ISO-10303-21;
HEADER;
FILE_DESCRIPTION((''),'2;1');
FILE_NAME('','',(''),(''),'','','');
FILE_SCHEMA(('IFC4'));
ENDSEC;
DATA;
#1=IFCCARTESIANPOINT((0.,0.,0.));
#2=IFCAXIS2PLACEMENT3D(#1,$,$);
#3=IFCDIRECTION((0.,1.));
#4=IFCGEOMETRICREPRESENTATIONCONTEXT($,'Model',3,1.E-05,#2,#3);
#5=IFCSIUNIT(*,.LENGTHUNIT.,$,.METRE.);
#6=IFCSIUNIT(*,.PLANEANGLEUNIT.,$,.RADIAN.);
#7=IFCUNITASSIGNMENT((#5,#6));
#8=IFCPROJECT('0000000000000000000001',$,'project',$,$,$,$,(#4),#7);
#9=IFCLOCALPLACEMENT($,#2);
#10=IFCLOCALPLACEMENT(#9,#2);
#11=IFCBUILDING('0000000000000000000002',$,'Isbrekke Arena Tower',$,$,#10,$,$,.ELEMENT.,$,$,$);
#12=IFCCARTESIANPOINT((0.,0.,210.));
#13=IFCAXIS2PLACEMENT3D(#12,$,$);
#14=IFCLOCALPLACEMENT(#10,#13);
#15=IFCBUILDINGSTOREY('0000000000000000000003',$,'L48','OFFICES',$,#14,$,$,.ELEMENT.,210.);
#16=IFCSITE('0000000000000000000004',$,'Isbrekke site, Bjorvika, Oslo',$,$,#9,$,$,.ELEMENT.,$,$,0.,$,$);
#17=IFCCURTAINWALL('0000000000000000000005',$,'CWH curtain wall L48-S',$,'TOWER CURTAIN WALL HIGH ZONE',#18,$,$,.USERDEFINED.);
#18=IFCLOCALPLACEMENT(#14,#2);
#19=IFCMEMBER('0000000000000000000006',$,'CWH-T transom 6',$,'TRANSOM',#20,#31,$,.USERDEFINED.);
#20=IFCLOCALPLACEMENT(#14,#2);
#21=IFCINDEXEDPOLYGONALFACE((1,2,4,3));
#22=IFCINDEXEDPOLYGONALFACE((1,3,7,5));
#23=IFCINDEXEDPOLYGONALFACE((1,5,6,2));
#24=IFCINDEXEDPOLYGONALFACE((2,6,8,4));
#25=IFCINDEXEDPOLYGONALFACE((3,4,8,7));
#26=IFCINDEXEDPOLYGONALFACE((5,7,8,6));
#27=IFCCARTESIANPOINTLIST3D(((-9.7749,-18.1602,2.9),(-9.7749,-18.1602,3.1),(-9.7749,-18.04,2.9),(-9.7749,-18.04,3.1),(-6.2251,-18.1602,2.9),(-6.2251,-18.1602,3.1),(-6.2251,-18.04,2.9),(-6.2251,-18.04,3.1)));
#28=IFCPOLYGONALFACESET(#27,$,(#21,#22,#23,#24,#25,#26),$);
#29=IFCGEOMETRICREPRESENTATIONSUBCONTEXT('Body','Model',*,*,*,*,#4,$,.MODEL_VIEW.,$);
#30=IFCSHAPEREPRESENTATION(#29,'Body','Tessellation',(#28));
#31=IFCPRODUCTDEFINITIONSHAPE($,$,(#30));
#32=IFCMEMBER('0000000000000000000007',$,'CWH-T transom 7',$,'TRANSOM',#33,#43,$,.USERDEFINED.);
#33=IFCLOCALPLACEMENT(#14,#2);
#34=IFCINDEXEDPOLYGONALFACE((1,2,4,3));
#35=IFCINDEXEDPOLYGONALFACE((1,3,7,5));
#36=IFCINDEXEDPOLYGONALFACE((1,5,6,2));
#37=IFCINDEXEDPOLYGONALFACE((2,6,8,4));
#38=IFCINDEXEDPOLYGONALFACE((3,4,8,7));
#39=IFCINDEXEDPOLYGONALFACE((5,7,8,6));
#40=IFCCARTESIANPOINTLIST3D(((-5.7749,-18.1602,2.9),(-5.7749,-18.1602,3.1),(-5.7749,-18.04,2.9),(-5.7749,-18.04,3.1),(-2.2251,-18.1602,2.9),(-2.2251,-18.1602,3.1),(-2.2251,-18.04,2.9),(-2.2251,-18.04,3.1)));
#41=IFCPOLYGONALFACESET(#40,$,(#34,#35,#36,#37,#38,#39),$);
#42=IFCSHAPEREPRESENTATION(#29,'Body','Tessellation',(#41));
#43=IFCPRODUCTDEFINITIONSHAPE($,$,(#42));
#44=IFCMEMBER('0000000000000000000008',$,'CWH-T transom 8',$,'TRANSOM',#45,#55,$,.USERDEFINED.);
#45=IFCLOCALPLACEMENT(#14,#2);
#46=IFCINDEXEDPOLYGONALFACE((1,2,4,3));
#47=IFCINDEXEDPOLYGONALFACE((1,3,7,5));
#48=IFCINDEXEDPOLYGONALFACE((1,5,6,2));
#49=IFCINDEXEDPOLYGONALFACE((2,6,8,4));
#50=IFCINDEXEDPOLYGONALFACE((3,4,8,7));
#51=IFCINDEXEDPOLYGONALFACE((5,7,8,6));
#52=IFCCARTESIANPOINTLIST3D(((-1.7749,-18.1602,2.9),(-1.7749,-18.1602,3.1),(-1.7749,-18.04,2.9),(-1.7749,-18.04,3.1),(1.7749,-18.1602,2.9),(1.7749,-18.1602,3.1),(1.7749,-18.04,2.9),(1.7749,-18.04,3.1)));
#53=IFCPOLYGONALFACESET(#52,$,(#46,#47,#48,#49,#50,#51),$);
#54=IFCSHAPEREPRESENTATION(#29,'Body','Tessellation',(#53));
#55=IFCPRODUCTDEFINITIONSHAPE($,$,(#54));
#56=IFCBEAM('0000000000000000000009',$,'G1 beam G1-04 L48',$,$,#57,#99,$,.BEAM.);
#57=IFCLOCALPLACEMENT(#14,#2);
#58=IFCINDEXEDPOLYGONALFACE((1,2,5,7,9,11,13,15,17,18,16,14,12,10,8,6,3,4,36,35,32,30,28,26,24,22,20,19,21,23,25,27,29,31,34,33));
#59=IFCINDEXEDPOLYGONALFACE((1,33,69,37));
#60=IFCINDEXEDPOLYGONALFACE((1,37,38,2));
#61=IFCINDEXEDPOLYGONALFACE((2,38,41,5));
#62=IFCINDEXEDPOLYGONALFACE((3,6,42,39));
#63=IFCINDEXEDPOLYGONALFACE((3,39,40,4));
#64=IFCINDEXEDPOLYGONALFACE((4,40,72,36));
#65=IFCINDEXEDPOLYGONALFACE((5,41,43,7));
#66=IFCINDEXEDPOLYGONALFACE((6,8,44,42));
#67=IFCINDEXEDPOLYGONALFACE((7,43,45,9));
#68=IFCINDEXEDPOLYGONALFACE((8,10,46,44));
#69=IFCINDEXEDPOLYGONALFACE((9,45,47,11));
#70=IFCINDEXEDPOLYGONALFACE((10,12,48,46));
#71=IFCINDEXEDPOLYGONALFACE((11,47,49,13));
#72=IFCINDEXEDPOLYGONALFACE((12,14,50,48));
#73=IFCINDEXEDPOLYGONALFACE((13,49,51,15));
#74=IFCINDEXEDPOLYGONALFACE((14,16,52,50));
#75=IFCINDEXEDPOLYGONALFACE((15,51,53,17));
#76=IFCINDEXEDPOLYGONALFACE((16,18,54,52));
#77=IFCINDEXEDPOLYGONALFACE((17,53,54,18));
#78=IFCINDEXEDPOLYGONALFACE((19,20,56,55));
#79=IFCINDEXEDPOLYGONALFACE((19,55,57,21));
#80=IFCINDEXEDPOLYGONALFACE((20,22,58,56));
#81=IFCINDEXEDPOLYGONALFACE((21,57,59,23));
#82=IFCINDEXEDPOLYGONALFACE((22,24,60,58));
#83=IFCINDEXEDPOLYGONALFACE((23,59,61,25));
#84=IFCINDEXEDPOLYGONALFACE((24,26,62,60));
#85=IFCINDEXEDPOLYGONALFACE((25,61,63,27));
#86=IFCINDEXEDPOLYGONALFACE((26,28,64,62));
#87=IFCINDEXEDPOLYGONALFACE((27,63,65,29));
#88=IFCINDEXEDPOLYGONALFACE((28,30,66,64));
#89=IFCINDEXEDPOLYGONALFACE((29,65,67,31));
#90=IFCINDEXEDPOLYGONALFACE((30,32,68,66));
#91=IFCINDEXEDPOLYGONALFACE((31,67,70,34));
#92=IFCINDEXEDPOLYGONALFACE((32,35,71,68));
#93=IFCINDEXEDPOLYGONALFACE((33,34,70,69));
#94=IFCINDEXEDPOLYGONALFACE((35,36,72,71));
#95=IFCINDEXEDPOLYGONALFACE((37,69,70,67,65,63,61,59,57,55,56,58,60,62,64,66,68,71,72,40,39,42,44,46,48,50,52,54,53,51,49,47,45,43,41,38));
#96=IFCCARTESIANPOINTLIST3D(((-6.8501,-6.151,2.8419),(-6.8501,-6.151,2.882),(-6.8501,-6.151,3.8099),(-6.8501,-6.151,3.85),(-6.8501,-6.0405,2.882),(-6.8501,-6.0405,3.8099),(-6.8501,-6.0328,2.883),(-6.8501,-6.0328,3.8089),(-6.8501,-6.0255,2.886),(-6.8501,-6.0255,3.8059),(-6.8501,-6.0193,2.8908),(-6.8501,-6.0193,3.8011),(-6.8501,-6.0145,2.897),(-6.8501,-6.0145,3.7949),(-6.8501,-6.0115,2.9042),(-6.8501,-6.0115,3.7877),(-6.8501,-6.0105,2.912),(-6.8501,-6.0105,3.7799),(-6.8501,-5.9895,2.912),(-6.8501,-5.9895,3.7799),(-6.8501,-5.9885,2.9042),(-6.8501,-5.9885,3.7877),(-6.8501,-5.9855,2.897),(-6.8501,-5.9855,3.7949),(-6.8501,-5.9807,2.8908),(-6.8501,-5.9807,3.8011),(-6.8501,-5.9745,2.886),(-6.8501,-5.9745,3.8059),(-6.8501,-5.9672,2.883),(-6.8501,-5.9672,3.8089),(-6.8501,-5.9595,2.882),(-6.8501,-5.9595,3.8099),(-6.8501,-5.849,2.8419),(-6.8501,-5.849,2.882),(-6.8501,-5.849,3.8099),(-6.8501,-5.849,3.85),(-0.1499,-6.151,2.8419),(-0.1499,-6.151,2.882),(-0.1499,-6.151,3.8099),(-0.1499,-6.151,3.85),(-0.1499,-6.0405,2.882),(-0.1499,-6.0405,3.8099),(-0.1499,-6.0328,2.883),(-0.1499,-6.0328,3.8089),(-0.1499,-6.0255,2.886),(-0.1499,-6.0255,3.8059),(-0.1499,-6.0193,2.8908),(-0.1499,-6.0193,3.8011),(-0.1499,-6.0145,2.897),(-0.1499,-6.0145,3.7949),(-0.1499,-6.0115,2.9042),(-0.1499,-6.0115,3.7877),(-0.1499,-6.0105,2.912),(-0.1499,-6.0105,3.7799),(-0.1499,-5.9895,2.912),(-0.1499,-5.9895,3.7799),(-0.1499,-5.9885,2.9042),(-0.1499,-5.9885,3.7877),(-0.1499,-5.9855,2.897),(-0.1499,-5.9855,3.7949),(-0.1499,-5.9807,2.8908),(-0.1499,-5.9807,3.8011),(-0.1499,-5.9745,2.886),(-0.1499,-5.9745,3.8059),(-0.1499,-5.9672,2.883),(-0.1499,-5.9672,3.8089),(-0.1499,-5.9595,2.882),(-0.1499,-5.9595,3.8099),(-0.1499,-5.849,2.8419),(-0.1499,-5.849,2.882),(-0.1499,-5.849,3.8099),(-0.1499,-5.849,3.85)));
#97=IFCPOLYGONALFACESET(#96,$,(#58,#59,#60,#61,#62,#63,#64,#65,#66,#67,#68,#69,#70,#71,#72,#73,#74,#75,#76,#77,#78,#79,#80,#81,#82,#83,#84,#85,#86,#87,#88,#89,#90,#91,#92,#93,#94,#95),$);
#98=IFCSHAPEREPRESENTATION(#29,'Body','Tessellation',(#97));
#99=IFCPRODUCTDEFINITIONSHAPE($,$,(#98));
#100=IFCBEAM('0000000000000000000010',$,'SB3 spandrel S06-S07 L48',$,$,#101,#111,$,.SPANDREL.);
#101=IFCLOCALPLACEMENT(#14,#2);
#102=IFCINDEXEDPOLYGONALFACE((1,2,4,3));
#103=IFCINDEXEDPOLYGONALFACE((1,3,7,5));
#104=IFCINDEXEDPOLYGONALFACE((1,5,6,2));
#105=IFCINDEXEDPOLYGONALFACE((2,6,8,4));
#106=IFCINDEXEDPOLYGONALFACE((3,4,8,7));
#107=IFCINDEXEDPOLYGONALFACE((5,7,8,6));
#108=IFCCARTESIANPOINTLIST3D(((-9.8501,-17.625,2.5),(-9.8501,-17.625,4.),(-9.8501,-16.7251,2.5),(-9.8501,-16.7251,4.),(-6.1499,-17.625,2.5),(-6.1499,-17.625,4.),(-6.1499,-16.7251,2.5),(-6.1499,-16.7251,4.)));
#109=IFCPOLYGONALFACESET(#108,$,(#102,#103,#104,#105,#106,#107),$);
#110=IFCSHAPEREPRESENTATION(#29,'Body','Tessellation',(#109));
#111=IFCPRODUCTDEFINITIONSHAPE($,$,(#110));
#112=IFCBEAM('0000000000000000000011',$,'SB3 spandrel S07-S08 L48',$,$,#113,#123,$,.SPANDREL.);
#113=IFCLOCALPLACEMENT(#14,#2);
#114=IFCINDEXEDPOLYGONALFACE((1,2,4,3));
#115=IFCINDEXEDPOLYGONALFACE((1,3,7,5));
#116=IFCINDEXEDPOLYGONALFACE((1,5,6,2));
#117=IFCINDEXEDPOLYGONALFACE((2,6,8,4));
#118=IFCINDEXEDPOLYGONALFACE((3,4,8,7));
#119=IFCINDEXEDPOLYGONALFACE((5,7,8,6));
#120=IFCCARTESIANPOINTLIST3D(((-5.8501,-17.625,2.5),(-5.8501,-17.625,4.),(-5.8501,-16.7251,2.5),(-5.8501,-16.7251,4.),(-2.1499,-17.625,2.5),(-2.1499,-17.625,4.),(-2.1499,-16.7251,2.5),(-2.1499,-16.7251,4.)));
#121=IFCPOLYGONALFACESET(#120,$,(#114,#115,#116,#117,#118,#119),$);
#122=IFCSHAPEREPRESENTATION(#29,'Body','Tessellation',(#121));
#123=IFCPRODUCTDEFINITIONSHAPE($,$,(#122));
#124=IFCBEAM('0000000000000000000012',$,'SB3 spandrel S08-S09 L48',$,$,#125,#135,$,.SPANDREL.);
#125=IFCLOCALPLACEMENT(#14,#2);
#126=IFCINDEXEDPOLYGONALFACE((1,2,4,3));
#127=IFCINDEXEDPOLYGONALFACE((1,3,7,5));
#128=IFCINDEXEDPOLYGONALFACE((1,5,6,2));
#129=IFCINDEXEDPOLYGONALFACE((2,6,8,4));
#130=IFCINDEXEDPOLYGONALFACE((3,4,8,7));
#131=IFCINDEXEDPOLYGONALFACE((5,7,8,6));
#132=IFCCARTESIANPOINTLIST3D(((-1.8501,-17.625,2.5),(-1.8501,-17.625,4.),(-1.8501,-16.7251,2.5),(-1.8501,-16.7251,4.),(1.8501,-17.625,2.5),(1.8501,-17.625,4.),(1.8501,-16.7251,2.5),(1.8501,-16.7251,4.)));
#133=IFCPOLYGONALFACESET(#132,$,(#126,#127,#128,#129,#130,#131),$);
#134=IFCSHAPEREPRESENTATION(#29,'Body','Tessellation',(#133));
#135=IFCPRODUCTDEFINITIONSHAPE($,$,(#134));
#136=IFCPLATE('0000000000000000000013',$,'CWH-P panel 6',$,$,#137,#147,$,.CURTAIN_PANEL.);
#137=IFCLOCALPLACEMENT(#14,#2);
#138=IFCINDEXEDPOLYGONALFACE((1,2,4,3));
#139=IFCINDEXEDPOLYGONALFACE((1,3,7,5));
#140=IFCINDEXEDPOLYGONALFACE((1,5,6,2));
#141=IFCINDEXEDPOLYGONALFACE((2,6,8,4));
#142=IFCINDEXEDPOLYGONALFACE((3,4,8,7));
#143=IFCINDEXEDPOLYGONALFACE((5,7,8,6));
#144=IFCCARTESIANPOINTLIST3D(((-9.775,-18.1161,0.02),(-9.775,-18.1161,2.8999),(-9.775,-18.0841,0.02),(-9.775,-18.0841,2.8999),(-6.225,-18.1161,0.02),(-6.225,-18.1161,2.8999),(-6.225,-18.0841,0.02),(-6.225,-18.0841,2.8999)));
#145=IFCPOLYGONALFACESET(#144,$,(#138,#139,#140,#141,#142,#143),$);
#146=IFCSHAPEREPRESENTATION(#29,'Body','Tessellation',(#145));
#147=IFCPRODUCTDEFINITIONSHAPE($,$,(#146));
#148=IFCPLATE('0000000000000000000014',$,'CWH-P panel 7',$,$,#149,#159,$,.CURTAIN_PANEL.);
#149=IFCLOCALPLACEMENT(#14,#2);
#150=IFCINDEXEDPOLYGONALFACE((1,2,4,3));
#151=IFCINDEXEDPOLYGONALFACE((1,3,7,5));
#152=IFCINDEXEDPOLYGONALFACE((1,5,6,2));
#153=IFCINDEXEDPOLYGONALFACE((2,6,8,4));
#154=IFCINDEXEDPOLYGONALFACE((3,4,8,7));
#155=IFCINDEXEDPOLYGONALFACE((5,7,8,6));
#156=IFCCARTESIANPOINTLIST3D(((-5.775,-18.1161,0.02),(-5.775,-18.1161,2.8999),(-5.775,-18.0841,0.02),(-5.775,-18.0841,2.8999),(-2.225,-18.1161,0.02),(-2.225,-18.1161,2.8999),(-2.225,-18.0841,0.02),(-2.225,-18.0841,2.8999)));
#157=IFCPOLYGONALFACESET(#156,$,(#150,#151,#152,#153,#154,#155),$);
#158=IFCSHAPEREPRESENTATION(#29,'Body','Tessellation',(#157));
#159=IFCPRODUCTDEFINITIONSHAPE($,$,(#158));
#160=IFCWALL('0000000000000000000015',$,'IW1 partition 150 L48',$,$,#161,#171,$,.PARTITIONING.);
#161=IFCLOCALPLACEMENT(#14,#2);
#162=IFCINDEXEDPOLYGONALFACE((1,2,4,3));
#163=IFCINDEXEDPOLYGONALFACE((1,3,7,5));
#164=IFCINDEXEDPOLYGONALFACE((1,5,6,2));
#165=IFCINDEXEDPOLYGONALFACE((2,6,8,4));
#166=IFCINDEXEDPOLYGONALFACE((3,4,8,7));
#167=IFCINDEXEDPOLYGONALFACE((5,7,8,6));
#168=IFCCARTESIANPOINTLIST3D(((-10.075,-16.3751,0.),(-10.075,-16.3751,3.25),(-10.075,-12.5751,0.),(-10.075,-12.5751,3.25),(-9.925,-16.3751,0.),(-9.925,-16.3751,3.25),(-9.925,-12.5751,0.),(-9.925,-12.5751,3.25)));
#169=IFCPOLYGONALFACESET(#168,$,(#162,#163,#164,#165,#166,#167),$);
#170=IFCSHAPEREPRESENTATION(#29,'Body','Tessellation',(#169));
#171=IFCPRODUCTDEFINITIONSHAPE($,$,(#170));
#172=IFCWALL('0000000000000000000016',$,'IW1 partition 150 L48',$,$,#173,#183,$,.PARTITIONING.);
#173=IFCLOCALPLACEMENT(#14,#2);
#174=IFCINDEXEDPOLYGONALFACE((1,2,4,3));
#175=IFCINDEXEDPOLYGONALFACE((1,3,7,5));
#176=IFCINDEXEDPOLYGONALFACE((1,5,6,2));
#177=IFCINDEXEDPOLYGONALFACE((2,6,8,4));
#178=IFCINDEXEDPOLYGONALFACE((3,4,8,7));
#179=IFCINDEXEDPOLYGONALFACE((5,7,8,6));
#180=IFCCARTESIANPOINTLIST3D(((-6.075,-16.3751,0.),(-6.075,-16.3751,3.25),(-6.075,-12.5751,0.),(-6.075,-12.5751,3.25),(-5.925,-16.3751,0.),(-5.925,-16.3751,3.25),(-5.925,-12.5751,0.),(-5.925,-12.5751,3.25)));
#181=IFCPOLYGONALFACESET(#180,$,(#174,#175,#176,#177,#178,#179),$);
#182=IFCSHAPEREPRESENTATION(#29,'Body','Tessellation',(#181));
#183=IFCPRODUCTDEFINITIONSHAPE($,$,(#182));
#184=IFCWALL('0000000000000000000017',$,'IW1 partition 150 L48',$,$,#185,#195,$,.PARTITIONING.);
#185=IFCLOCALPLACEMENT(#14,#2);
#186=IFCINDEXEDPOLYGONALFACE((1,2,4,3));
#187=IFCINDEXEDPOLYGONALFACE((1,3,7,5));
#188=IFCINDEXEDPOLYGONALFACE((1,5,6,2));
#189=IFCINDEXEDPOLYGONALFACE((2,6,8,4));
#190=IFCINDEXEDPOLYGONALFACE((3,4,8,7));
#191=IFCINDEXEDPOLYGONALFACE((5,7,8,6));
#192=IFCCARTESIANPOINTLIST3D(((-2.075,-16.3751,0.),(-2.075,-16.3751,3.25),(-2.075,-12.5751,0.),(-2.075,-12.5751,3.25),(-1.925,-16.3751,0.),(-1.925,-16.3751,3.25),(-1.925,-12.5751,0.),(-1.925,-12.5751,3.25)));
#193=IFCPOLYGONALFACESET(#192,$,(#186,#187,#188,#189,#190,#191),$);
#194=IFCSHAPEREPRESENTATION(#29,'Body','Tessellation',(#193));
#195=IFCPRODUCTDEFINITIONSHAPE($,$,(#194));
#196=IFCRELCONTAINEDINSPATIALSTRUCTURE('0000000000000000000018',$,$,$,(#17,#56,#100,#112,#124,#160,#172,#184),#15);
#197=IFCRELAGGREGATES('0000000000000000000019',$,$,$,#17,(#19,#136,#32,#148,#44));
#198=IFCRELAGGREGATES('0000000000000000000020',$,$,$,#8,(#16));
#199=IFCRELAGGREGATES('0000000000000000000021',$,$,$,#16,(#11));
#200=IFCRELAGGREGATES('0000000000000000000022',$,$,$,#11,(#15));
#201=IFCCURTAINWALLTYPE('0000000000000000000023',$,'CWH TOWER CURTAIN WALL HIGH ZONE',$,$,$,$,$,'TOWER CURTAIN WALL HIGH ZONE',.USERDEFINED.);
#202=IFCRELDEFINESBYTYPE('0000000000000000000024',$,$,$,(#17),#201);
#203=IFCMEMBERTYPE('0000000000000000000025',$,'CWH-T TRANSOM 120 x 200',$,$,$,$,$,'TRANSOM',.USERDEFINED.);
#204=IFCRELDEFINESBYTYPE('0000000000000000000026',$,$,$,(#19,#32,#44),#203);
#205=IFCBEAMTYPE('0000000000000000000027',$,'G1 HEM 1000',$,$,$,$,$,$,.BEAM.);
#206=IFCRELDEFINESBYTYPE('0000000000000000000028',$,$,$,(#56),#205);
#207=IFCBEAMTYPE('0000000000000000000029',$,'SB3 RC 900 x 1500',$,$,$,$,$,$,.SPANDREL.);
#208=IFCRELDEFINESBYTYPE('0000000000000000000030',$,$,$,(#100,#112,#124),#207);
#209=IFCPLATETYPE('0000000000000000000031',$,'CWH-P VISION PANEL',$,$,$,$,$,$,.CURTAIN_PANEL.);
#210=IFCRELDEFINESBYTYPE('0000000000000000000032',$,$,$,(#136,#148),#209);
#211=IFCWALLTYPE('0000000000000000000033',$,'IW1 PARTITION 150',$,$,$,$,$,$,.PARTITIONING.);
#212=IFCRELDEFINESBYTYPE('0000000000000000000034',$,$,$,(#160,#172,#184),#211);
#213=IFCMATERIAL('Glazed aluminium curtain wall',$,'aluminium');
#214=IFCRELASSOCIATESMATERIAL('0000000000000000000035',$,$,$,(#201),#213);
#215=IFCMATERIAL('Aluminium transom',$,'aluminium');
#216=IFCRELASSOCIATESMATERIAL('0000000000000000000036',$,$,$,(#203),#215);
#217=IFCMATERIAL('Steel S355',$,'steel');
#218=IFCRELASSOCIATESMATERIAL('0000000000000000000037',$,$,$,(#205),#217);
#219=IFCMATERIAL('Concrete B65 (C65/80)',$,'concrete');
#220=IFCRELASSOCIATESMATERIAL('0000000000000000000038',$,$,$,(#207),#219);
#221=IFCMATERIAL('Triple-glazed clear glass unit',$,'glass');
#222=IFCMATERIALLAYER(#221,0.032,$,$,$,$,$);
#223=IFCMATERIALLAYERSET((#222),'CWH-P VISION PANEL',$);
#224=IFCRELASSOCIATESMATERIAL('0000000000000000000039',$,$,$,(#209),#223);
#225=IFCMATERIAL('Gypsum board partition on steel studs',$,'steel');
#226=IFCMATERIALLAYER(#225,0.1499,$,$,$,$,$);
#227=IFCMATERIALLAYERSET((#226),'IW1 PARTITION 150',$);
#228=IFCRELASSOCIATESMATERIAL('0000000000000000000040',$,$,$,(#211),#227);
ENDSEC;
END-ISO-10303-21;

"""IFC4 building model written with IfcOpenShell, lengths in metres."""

from ifc_helpers import new_model, si_unit, direction, frame, frame_2d, origin, origin_2d, place, context, subcontext, project, spatial, rectangle, i_section, extrude, material, layer, layer_set, material_profile, profile_set, type_object, element, aggregate, save


model = new_model("IFC4")

# Units and contexts
model_context = context("Model", 3, precision=1e-05, world=origin(), true_north=direction((0.0, 1.0)))
body_context = subcontext(model_context, "Body", "Model", "MODEL_VIEW")
ifc_project = project(units=[si_unit("LENGTHUNIT", "METRE"), si_unit("PLANEANGLEUNIT", "RADIAN")], contexts=[model_context])

# Site, building, storey
site_placement = place(None, origin())
site = spatial("IfcSite", under=ifc_project, at=site_placement, Name="Isbrekke site, Bjorvika, Oslo", CompositionType="ELEMENT", RefElevation=0.0)
building_placement = place(site_placement, origin())
building = spatial("IfcBuilding", under=site, at=building_placement, Name="Isbrekke Arena Tower", CompositionType="ELEMENT")
storey_placement = place(building_placement, frame((0.0, 0.0, 210.0)))
storey = spatial("IfcBuildingStorey", under=building, at=storey_placement, Name="L48", Description="OFFICES", CompositionType="ELEMENT", Elevation=210.0)

# Curtain wall, members
ifc_material_1 = material(Name="Glazed aluminium curtain wall", Category="aluminium")
curtain_wall_type = type_object("IfcCurtainWallType", Name="CWH TOWER CURTAIN WALL HIGH ZONE", ElementType="TOWER CURTAIN WALL HIGH ZONE", PredefinedType="USERDEFINED", material=ifc_material_1)
curtain_wall_placement = place(storey_placement, origin())
curtain_wall = element("IfcCurtainWall", 1, at=curtain_wall_placement, inside=storey, type_object=curtain_wall_type, Name="CWH curtain wall L48-S", ObjectType="TOWER CURTAIN WALL HIGH ZONE", PredefinedType="USERDEFINED")
ifc_material_2 = material(Name="Aluminium transom", Category="aluminium")
ifc_material_profile_1 = material_profile(ifc_material_2, rectangle(XDim=0.1201, YDim=0.2, at=origin_2d()), Name="TRANSOM 120X200")
ifc_profile_set_1 = profile_set([ifc_material_profile_1], Name="Aluminium transom")
member_type_1 = type_object("IfcMemberType", Name="CWH-T TRANSOM 120 x 200", ElementType="TRANSOM", PredefinedType="USERDEFINED", material=ifc_profile_set_1)
member_1_placement = place(storey_placement, frame((-9.7749, -18.1001, 3.0), z_axis=(1.0, 0.0, 0.0), x_axis=(0.0, 1.0, 0.0)))
member_1 = element("IfcMember", 2, at=member_1_placement, type_object=member_type_1, Name="CWH-T transom 6", ObjectType="TRANSOM", PredefinedType="USERDEFINED", context=body_context, shape_type="SweptSolid", body=[
    extrude(rectangle(XDim=0.1201, YDim=0.2, at=origin_2d()), origin(), (0.0, 0.0, 1.0), 3.5498),
])
member_2_placement = place(storey_placement, frame((-5.7749, -18.1001, 3.0), z_axis=(1.0, 0.0, 0.0), x_axis=(0.0, 1.0, 0.0)))
member_2 = element("IfcMember", 3, at=member_2_placement, type_object=member_type_1, Name="CWH-T transom 7", ObjectType="TRANSOM", PredefinedType="USERDEFINED", context=body_context, shape_type="SweptSolid", body=[
    extrude(rectangle(XDim=0.1201, YDim=0.2, at=origin_2d()), origin(), (0.0, 0.0, 1.0), 3.5498),
])
member_3_placement = place(storey_placement, frame((-1.7749, -18.1001, 3.0), z_axis=(1.0, 0.0, 0.0), x_axis=(0.0, 1.0, 0.0)))
member_3 = element("IfcMember", 4, at=member_3_placement, type_object=member_type_1, Name="CWH-T transom 8", ObjectType="TRANSOM", PredefinedType="USERDEFINED", context=body_context, shape_type="SweptSolid", body=[
    extrude(rectangle(XDim=0.1201, YDim=0.2, at=origin_2d()), origin(), (0.0, 0.0, 1.0), 3.5498),
])

# Beams
ifc_material_3 = material(Name="Steel S355", Category="steel")
ifc_material_profile_2 = material_profile(ifc_material_3, i_section(OverallWidth=0.302, OverallDepth=1.0081, WebThickness=0.021, FlangeThickness=0.04, FilletRadius=0.03, at=origin_2d()), Name="HEM 1000")
ifc_profile_set_2 = profile_set([ifc_material_profile_2], Name="Steel S355")
beam_type_1 = type_object("IfcBeamType", Name="G1 HEM 1000", PredefinedType="BEAM", material=ifc_profile_set_2)
beam_1_placement = place(storey_placement, frame((-6.8501, -6.0, 3.3459), z_axis=(1.0, 0.0, 0.0), x_axis=(0.0, 1.0, 0.0)))
element("IfcBeam", 5, at=beam_1_placement, inside=storey, type_object=beam_type_1, Name="G1 beam G1-04 L48", PredefinedType="BEAM", context=body_context, shape_type="SweptSolid", body=[
    extrude(i_section(OverallWidth=0.302, OverallDepth=1.0081, WebThickness=0.021, FlangeThickness=0.04, FilletRadius=0.03, at=origin_2d()), origin(), (0.0, 0.0, 1.0), 6.7002),
])
ifc_material_4 = material(Name="Concrete B65 (C65/80)", Category="concrete")
ifc_material_profile_3 = material_profile(ifc_material_4, rectangle(XDim=0.8999, YDim=1.5, at=origin_2d()), Name="RC 900x1500")
ifc_profile_set_3 = profile_set([ifc_material_profile_3], Name="Concrete B65 (C65/80)")
beam_type_2 = type_object("IfcBeamType", Name="SB3 RC 900 x 1500", PredefinedType="SPANDREL", material=ifc_profile_set_3)
for number, where, z_axis, x_axis, name in (
    (6, (-9.8501, -17.175, 3.25), (1.0, 0.0, 0.0), (0.0, 1.0, 0.0), "SB3 spandrel S06-S07 L48"),
    (7, (-5.8501, -17.175, 3.25), (1.0, 0.0, 0.0), (0.0, 1.0, 0.0), "SB3 spandrel S07-S08 L48"),
    (8, (-1.8501, -17.175, 3.25), (1.0, 0.0, 0.0), (0.0, 1.0, 0.0), "SB3 spandrel S08-S09 L48"),
):
    element("IfcBeam", number, at=place(storey_placement, frame(where, z_axis=z_axis, x_axis=x_axis)), inside=storey, type_object=beam_type_2, Name=name, PredefinedType="SPANDREL", context=body_context, shape_type="SweptSolid", body=[
        extrude(rectangle(XDim=0.8999, YDim=1.5, at=origin_2d()), origin(), (0.0, 0.0, 1.0), 3.7002),
    ])

# Plates
ifc_material_5 = material(Name="Triple-glazed clear glass unit", Category="glass")
ifc_layer_1 = layer(ifc_material_5, 0.032)
ifc_layer_set_1 = layer_set([ifc_layer_1], Name="CWH-P VISION PANEL")
plate_type = type_object("IfcPlateType", Name="CWH-P VISION PANEL", PredefinedType="CURTAIN_PANEL", material=ifc_layer_set_1)
plate_1_placement = place(storey_placement, frame((-8.0, -18.1001, 0.02), z_axis=(0.0, 0.0, 1.0), x_axis=(1.0, 0.0, 0.0)))
plate_1 = element("IfcPlate", 9, at=plate_1_placement, type_object=plate_type, Name="CWH-P panel 6", PredefinedType="CURTAIN_PANEL", context=body_context, shape_type="SweptSolid", body=[
    extrude(rectangle(XDim=3.55, YDim=0.032, at=origin_2d()), origin(), (0.0, 0.0, 1.0), 2.8799),
])
plate_2_placement = place(storey_placement, frame((-4.0, -18.1001, 0.02), z_axis=(0.0, 0.0, 1.0), x_axis=(1.0, 0.0, 0.0)))
plate_2 = element("IfcPlate", 10, at=plate_2_placement, type_object=plate_type, Name="CWH-P panel 7", PredefinedType="CURTAIN_PANEL", context=body_context, shape_type="SweptSolid", body=[
    extrude(rectangle(XDim=3.55, YDim=0.032, at=origin_2d()), origin(), (0.0, 0.0, 1.0), 2.8799),
])
aggregate(curtain_wall, [member_1, plate_1, member_2, plate_2, member_3])

# Walls
ifc_material_6 = material(Name="Gypsum board partition on steel studs", Category="steel")
ifc_layer_2 = layer(ifc_material_6, 0.1499)
ifc_layer_set_2 = layer_set([ifc_layer_2], Name="IW1 PARTITION 150")
wall_type_1 = type_object("IfcWallType", Name="IW1 PARTITION 150", PredefinedType="PARTITIONING", material=ifc_layer_set_2)
for number, where, z_axis, x_axis, name in (
    (11, (-10.0, -16.375, 0.0), (0.0, 0.0, 1.0), (0.0, 1.0, 0.0), "IW1 partition 150 L48"),
    (12, (-6.0, -16.375, 0.0), (0.0, 0.0, 1.0), (0.0, 1.0, 0.0), "IW1 partition 150 L48"),
    (13, (-2.0, -16.375, 0.0), (0.0, 0.0, 1.0), (0.0, 1.0, 0.0), "IW1 partition 150 L48"),
):
    element("IfcWall", number, at=place(storey_placement, frame(where, z_axis=z_axis, x_axis=x_axis)), inside=storey, type_object=wall_type_1, Name=name, PredefinedType="PARTITIONING", context=body_context, shape_type="SweptSolid", body=[
        extrude(rectangle(XDim=3.8, YDim=0.1499, at=frame_2d((1.8999, 0.0))), origin(), (0.0, 0.0, 1.0), 3.25),
    ])

save(model, "model.ifc")
